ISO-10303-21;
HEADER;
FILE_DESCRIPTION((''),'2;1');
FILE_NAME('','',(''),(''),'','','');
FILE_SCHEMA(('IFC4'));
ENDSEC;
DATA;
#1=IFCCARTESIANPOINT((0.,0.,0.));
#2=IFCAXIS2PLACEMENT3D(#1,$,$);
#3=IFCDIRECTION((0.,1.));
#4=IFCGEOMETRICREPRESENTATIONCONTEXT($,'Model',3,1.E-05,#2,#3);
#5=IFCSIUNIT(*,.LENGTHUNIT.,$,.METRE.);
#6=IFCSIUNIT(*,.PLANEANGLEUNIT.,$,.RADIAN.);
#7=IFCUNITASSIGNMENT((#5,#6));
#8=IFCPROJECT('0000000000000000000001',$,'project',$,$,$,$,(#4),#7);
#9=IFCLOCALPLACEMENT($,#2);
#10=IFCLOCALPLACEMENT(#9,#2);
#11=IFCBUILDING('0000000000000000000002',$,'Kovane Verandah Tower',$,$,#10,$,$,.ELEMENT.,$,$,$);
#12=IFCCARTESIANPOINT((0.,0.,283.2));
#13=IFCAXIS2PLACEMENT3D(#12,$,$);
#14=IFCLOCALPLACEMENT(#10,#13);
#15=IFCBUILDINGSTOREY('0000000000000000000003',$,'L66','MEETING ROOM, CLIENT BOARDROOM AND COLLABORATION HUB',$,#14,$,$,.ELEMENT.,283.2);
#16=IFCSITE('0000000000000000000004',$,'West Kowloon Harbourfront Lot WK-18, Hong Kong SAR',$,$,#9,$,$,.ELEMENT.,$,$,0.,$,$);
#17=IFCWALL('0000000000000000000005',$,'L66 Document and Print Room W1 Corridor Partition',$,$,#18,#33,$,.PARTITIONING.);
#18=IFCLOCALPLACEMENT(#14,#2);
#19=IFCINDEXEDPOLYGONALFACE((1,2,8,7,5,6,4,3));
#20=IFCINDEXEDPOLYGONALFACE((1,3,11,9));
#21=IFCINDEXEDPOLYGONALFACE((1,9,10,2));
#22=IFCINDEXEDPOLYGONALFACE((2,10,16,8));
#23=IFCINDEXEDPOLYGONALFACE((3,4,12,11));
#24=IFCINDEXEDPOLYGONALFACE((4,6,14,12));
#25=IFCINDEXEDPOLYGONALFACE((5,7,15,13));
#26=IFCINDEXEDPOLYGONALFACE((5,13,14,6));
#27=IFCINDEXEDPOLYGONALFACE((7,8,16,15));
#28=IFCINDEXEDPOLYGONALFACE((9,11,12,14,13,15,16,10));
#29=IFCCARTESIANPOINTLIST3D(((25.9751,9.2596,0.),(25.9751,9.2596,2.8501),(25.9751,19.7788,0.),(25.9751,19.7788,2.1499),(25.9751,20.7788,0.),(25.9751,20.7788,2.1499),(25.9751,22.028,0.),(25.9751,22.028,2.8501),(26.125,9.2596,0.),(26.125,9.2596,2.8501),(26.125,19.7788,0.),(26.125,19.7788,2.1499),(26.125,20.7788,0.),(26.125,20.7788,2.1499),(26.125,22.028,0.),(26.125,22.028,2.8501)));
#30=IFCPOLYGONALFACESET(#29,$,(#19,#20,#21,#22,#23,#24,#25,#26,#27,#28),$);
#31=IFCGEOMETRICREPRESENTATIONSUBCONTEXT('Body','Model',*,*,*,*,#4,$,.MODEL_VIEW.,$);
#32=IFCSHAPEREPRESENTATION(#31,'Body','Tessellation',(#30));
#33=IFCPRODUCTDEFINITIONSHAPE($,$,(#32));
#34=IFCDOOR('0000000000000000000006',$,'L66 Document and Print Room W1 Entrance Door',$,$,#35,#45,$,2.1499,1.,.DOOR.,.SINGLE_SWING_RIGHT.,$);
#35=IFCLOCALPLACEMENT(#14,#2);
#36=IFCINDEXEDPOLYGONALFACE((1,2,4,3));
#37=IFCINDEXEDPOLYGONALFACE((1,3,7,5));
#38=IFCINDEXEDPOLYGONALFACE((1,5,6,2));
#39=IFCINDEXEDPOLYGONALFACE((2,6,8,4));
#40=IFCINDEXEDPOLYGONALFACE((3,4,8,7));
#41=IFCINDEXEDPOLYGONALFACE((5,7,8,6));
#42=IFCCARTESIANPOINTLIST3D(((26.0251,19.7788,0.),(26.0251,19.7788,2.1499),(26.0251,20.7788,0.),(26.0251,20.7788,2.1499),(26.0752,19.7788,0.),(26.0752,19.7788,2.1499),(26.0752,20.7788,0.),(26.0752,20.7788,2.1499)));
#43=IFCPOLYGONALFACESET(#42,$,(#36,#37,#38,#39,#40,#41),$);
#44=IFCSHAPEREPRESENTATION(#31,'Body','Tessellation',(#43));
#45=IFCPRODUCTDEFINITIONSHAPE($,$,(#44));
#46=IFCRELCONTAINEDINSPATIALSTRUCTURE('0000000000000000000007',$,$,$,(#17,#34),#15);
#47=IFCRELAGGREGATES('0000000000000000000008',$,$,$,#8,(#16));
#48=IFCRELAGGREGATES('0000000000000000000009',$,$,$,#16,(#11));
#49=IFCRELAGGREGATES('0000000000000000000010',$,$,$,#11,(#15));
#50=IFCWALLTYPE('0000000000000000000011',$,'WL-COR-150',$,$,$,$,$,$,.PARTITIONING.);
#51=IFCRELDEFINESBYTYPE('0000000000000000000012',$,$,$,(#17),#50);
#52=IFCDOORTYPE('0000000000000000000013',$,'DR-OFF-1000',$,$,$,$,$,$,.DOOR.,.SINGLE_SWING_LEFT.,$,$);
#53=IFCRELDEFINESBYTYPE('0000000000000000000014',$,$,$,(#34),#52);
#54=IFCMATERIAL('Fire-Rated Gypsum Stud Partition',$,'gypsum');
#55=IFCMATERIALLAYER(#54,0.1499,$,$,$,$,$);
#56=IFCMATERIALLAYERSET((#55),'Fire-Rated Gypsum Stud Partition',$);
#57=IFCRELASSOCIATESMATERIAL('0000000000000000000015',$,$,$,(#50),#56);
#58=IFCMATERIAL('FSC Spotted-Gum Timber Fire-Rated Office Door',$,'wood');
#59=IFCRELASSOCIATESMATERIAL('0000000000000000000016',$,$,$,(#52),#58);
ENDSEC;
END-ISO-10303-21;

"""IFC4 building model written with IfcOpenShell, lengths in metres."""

from ifc_helpers import new_model, si_unit, direction, frame, frame_2d, origin, place, context, subcontext, project, spatial, rectangle, extrude, material, layer, layer_set, type_object, element, fill, save


model = new_model("IFC4")

# Units and contexts
model_context = context("Model", 3, precision=1e-05, world=origin(), true_north=direction((0.0, 1.0)))
body_context = subcontext(model_context, "Body", "Model", "MODEL_VIEW")
ifc_project = project(units=[si_unit("LENGTHUNIT", "METRE"), si_unit("PLANEANGLEUNIT", "RADIAN")], contexts=[model_context])

# Site, building, storey
site_placement = place(None, origin())
site = spatial("IfcSite", under=ifc_project, at=site_placement, Name="West Kowloon Harbourfront Lot WK-18, Hong Kong SAR", CompositionType="ELEMENT", RefElevation=0.0)
building_placement = place(site_placement, origin())
building = spatial("IfcBuilding", under=site, at=building_placement, Name="Kovane Verandah Tower", CompositionType="ELEMENT")
storey_placement = place(building_placement, frame((0.0, 0.0, 283.2)))
storey = spatial("IfcBuildingStorey", under=building, at=storey_placement, Name="L66", Description="MEETING ROOM, CLIENT BOARDROOM AND COLLABORATION HUB", CompositionType="ELEMENT", Elevation=283.2)

# Wall, opening, door
ifc_material_1 = material(Name="Fire-Rated Gypsum Stud Partition", Category="gypsum")
ifc_layer_1 = layer(ifc_material_1, 0.1499)
ifc_layer_set_1 = layer_set([ifc_layer_1], Name="Fire-Rated Gypsum Stud Partition")
wall_type = type_object("IfcWallType", Name="WL-COR-150", PredefinedType="PARTITIONING", material=ifc_layer_set_1)
ifc_material_2 = material(Name="FSC Spotted-Gum Timber Fire-Rated Office Door", Category="wood")
door_type = type_object("IfcDoorType", Name="DR-OFF-1000", OperationType="SINGLE_SWING_LEFT", PredefinedType="DOOR", material=ifc_material_2)
wall_1_placement = place(storey_placement, frame((26.05, 9.2595, 0.0), z_axis=(0.0, 0.0, 1.0), x_axis=(0.0, 1.0, 0.0)))
wall_1 = element("IfcWall", 1, at=wall_1_placement, inside=storey, type_object=wall_type, Name="L66 Document and Print Room W1 Corridor Partition", PredefinedType="PARTITIONING", context=body_context, shape_type="SweptSolid", body=[
    extrude(rectangle(XDim=12.7683, YDim=0.1499, at=frame_2d((6.3843, 0.0))), origin(), (0.0, 0.0, 1.0), 2.8501),
])
opening_1_placement = place(wall_1_placement, frame((10.5193, 0.0, 0.0)))
opening_1 = element("IfcOpeningElement", 2, at=opening_1_placement, cuts=wall_1, PredefinedType="OPENING", context=body_context, shape_type="SweptSolid", body=[
    extrude(rectangle(XDim=1.0, YDim=2.1499, at=frame_2d((0.5, 1.075))), frame((0.0, 0.075, 0.0), z_axis=(0.0, -1.0, 0.0), x_axis=(1.0, 0.0, 0.0)), (0.0, 0.0, 1.0), 0.1499),
])
door_1_placement = place(opening_1_placement, origin())
door_1 = element("IfcDoor", 3, at=door_1_placement, inside=storey, type_object=door_type, Name="L66 Document and Print Room W1 Entrance Door", OperationType="SINGLE_SWING_RIGHT", OverallHeight=2.1499, OverallWidth=1.0, PredefinedType="DOOR", context=body_context, shape_type="SweptSolid", body=[
    extrude(rectangle(XDim=1.0, YDim=2.1499, at=frame_2d((0.5, 1.075))), frame((0.0, 0.0249, 0.0), z_axis=(0.0, -1.0, 0.0), x_axis=(1.0, 0.0, 0.0)), (0.0, 0.0, 1.0), 0.05),
])
fill(opening_1, door_1)

save(model, "model.ifc")
